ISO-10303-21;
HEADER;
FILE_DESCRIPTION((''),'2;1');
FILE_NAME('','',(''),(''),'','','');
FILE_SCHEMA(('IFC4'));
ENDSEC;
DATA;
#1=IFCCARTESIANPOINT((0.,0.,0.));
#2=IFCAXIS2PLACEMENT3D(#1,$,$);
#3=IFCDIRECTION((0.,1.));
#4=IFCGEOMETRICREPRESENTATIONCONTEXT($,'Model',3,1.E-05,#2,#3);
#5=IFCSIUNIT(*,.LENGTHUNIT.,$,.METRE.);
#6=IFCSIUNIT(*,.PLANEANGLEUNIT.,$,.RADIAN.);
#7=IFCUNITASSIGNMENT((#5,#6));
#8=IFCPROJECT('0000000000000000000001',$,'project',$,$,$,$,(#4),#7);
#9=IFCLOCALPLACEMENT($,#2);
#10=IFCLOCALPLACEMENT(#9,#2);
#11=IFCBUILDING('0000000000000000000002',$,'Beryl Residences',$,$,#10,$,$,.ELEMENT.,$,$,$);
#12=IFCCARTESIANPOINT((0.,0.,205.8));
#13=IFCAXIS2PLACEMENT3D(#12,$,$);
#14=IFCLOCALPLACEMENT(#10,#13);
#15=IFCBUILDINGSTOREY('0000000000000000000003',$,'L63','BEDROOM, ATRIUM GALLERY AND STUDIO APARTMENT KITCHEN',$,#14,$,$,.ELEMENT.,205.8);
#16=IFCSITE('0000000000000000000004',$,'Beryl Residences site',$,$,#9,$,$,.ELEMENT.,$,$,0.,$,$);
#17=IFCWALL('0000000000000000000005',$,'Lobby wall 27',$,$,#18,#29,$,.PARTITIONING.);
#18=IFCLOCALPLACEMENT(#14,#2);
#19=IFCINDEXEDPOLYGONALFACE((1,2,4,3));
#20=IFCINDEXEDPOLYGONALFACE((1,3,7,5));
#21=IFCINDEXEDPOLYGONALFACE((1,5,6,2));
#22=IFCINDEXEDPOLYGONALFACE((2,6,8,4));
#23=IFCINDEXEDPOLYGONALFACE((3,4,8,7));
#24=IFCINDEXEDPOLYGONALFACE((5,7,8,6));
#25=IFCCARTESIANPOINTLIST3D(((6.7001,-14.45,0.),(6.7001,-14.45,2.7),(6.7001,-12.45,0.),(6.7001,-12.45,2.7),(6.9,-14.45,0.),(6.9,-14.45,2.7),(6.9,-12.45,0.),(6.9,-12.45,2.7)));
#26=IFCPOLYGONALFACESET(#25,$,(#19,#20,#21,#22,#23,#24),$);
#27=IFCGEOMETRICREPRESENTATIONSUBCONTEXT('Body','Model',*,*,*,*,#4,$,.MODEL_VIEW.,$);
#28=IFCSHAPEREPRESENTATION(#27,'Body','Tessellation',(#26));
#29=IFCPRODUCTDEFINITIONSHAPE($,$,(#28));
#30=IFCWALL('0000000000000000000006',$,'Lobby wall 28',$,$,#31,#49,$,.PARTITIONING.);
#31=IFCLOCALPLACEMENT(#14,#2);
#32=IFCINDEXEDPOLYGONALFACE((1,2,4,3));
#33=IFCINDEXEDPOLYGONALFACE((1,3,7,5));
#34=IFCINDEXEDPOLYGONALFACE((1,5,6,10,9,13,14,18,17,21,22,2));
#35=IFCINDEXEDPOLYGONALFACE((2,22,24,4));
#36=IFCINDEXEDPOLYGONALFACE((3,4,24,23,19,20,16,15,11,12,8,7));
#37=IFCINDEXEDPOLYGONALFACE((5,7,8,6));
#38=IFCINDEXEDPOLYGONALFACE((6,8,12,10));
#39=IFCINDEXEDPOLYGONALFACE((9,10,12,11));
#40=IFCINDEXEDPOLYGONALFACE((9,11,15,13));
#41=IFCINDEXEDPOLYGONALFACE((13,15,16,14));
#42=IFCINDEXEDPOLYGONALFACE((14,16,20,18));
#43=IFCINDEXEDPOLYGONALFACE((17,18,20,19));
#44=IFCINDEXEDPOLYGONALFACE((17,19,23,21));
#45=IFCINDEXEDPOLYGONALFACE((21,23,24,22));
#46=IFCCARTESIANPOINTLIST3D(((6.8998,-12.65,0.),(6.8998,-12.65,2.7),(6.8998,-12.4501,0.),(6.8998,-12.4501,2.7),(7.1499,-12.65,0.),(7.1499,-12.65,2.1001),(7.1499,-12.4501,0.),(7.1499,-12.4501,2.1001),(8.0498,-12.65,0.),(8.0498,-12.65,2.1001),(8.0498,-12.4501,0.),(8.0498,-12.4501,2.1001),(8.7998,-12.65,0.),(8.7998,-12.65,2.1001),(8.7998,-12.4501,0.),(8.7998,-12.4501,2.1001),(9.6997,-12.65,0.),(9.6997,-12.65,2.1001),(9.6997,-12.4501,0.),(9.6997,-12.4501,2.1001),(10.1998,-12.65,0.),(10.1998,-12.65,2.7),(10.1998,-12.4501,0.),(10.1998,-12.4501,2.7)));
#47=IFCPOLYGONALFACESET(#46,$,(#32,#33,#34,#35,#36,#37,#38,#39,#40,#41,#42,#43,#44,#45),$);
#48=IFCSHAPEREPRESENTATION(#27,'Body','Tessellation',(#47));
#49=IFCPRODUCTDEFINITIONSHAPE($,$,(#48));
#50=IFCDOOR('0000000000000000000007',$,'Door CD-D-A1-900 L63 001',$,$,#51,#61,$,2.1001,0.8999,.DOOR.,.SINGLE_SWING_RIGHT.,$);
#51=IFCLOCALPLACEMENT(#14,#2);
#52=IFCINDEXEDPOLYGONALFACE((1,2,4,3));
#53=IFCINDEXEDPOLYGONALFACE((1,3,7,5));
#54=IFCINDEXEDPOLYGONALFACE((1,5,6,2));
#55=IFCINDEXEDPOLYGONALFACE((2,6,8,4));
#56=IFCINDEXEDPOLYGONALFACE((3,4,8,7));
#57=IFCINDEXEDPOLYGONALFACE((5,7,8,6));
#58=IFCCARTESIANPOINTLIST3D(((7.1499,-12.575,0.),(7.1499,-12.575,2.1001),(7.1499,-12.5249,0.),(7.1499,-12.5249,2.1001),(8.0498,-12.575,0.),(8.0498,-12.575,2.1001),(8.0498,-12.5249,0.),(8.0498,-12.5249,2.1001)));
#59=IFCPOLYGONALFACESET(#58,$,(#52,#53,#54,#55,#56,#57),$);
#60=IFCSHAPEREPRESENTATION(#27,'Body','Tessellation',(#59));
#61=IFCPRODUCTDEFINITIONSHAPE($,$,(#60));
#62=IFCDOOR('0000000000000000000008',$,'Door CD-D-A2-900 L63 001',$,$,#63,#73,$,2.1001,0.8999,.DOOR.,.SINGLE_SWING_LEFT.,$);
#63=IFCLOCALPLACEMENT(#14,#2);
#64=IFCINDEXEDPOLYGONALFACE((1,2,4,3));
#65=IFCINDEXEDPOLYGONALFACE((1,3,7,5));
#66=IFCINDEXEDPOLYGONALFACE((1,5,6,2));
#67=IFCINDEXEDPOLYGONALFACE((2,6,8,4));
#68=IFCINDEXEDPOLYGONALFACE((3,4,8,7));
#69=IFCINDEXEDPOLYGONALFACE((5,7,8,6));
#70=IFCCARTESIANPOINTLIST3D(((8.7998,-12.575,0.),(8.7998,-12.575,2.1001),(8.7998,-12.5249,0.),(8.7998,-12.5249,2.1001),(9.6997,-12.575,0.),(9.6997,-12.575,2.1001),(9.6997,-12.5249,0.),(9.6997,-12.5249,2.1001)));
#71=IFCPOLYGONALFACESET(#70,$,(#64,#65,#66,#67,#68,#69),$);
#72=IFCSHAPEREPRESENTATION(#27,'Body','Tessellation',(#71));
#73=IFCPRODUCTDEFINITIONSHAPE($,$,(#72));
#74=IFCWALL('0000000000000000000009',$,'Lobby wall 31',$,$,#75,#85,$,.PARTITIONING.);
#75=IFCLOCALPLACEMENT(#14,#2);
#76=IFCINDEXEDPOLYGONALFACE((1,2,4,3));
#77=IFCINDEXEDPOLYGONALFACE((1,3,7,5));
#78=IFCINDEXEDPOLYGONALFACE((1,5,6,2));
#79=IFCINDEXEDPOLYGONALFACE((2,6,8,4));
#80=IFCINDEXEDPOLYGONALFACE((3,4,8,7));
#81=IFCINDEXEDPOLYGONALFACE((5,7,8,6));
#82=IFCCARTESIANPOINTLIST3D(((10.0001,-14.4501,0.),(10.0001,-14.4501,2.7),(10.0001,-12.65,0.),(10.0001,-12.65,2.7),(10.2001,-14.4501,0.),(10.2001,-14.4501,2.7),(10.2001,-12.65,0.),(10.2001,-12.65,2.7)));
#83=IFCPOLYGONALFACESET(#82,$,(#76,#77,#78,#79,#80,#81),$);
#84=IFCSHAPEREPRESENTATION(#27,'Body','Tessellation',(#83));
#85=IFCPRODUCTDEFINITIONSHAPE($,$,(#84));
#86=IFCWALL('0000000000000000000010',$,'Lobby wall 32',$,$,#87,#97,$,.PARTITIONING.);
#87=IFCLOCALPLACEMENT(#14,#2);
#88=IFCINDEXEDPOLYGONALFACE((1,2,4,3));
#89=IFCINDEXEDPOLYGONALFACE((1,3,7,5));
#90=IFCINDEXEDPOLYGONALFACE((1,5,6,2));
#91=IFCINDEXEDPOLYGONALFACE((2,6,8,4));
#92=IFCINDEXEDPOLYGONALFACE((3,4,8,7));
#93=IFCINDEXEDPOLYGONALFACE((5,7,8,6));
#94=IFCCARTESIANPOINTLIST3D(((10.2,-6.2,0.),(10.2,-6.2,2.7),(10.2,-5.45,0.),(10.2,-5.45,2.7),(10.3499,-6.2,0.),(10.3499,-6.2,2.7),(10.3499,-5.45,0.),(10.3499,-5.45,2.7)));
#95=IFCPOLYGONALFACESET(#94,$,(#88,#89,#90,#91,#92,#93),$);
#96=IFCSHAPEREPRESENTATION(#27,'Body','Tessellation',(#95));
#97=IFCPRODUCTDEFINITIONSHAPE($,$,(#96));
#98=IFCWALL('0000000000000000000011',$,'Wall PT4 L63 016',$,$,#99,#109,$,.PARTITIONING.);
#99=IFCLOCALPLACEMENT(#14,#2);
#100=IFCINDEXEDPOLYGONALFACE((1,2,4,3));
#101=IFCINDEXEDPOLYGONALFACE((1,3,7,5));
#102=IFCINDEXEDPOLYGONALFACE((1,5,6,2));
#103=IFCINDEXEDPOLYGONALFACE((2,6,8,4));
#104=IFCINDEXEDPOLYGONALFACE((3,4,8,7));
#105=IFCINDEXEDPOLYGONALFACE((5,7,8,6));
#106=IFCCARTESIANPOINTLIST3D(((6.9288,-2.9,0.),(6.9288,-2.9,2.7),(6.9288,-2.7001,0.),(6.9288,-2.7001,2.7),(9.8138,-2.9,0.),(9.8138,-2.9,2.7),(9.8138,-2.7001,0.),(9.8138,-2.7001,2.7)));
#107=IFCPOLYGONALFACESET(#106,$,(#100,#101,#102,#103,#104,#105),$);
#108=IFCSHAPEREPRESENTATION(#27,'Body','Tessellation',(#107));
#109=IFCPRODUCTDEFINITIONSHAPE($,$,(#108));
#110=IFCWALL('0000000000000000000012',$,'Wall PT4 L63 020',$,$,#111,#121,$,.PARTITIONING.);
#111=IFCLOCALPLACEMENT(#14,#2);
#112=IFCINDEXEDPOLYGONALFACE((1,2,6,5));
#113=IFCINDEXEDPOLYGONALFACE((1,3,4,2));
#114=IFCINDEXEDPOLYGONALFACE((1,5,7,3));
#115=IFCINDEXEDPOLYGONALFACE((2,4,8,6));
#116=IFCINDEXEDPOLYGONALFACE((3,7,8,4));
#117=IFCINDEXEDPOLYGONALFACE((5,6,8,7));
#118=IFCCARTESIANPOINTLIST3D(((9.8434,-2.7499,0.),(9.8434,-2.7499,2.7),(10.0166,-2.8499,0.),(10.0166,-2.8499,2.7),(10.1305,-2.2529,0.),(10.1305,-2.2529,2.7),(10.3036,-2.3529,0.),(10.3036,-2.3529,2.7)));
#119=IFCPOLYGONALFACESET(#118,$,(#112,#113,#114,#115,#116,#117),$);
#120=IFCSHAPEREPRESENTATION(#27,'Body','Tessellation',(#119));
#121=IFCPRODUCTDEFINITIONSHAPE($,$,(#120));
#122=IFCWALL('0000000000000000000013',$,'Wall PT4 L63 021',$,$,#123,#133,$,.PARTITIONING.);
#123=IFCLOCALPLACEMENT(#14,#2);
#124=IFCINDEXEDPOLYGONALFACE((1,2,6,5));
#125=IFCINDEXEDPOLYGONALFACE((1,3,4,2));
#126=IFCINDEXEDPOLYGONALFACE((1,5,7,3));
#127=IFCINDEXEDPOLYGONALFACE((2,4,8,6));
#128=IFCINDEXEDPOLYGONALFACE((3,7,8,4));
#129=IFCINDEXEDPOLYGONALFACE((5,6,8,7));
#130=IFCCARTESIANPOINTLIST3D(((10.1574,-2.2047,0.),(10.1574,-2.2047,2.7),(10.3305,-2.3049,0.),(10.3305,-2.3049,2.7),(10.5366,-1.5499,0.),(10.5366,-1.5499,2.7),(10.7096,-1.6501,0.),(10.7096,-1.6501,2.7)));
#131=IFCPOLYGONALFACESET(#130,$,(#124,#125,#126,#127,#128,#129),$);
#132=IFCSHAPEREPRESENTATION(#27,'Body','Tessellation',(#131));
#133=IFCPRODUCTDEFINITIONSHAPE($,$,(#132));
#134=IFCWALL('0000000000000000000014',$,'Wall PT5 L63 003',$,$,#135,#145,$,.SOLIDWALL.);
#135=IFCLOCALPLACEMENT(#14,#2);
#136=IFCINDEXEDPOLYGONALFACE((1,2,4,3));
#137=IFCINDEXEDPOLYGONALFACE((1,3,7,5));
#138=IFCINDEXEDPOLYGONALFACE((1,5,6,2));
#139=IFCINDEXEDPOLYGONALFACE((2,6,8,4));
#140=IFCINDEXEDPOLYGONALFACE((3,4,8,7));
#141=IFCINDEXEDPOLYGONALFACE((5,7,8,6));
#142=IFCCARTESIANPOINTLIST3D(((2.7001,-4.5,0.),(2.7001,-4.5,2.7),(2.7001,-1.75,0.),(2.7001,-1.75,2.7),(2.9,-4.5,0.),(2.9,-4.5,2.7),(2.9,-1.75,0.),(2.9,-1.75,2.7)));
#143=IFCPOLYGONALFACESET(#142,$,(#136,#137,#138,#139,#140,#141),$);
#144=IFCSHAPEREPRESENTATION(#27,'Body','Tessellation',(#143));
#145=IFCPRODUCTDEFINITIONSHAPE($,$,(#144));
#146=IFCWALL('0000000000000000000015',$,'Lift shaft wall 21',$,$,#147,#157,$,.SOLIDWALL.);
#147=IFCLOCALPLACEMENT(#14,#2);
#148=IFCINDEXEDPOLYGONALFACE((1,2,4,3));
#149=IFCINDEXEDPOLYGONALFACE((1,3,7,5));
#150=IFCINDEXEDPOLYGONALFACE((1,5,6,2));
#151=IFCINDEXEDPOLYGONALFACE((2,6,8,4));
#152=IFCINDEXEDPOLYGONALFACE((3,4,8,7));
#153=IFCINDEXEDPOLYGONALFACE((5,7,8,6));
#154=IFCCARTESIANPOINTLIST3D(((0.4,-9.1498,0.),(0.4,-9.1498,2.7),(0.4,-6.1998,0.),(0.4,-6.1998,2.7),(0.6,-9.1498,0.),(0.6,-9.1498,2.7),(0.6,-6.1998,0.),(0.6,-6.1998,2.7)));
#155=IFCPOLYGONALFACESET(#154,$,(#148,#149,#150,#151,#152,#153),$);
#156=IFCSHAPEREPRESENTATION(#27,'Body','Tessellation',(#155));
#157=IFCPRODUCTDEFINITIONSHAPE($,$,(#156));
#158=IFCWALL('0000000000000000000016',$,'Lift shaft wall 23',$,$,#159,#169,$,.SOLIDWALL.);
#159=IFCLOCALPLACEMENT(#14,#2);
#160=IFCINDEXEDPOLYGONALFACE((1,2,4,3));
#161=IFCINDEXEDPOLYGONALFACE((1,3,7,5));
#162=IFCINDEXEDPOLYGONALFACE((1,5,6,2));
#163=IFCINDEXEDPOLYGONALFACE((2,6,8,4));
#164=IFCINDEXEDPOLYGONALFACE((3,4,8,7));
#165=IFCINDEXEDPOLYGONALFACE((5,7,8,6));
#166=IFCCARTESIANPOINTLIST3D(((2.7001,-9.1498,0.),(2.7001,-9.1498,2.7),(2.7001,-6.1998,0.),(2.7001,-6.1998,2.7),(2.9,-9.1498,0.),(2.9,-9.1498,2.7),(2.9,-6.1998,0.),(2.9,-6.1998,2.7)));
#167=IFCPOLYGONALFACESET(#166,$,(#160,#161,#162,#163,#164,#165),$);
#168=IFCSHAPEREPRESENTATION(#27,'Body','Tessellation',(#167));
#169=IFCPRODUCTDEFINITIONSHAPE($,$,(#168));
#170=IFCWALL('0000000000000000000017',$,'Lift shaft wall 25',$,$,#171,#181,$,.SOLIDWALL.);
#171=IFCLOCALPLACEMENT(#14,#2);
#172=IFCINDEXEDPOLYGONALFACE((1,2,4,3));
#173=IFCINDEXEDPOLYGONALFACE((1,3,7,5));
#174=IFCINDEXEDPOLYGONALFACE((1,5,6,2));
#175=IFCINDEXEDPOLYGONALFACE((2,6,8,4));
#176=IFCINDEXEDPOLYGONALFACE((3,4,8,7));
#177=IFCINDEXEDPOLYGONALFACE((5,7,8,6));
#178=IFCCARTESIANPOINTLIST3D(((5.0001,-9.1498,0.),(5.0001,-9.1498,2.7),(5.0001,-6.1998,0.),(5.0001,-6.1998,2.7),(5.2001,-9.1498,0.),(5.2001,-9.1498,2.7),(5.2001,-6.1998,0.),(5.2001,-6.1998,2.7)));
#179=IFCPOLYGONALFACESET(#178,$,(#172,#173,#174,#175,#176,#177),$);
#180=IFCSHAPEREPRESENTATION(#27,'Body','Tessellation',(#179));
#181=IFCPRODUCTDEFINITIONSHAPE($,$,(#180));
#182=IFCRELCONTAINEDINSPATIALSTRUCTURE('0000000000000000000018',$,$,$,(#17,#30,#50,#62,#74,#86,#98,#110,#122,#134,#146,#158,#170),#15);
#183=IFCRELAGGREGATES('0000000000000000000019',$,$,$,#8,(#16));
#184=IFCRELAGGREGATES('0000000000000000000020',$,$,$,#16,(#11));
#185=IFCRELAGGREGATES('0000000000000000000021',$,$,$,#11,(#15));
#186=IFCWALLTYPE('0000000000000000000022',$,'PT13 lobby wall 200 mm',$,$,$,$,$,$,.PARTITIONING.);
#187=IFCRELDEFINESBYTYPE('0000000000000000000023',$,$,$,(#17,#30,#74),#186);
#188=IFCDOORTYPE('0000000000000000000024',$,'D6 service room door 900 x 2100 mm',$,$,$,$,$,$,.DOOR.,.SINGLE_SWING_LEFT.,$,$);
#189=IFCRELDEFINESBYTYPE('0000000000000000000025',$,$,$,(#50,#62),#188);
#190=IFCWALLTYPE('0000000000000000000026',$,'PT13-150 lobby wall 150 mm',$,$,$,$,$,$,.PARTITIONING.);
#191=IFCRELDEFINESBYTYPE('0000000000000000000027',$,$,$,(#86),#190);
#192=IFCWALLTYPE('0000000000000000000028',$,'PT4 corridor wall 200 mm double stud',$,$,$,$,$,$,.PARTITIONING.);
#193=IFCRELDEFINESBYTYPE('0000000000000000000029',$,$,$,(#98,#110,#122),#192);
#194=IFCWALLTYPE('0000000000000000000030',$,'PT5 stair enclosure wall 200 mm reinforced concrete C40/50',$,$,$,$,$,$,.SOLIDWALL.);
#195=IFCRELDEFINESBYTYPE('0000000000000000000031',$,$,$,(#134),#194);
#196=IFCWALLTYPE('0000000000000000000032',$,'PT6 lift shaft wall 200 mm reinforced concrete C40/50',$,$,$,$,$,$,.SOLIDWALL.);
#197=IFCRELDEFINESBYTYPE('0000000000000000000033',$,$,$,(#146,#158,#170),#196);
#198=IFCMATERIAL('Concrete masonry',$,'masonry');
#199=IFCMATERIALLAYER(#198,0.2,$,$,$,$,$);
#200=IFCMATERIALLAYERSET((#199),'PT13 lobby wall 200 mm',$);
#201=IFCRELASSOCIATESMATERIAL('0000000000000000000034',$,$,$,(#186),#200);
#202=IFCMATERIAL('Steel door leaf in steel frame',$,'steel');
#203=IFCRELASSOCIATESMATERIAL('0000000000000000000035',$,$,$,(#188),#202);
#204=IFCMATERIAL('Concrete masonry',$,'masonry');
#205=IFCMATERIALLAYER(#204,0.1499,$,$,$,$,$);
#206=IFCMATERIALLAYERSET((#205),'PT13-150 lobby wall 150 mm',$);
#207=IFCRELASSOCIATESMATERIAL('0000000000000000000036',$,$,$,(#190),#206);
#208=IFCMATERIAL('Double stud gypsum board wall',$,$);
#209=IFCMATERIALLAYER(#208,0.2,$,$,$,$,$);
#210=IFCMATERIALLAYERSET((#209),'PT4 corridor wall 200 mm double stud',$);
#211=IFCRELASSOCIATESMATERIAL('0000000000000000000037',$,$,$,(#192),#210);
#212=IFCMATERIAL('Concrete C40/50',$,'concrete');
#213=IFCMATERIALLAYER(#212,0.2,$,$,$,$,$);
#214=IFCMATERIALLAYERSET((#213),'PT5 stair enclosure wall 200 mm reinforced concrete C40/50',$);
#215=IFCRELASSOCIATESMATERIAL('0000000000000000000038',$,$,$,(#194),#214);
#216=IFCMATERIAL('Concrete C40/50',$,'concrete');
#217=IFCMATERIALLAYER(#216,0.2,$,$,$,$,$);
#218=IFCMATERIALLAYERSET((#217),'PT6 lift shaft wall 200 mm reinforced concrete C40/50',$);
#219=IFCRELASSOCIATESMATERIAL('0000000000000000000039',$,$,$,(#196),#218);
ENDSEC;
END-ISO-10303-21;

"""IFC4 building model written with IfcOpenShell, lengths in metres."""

from ifc_helpers import new_model, si_unit, direction, frame, frame_2d, origin, place, context, subcontext, project, spatial, rectangle, extrude, material, layer, layer_set, type_object, element, fill, save


model = new_model("IFC4")

# Units and contexts
model_context = context("Model", 3, precision=1e-05, world=origin(), true_north=direction((0.0, 1.0)))
body_context = subcontext(model_context, "Body", "Model", "MODEL_VIEW")
ifc_project = project(units=[si_unit("LENGTHUNIT", "METRE"), si_unit("PLANEANGLEUNIT", "RADIAN")], contexts=[model_context])

# Site, building, storey
site_placement = place(None, origin())
site = spatial("IfcSite", under=ifc_project, at=site_placement, Name="Beryl Residences site", CompositionType="ELEMENT", RefElevation=0.0)
building_placement = place(site_placement, origin())
building = spatial("IfcBuilding", under=site, at=building_placement, Name="Beryl Residences", CompositionType="ELEMENT")
storey_placement = place(building_placement, frame((0.0, 0.0, 205.8)))
storey = spatial("IfcBuildingStorey", under=building, at=storey_placement, Name="L63", Description="BEDROOM, ATRIUM GALLERY AND STUDIO APARTMENT KITCHEN", CompositionType="ELEMENT", Elevation=205.8)

# Wall
ifc_material_1 = material(Name="Concrete masonry", Category="masonry")
ifc_layer_1 = layer(ifc_material_1, 0.2)
ifc_layer_set_1 = layer_set([ifc_layer_1], Name="PT13 lobby wall 200 mm")
wall_type_1 = type_object("IfcWallType", Name="PT13 lobby wall 200 mm", PredefinedType="PARTITIONING", material=ifc_layer_set_1)
wall_1_placement = place(storey_placement, frame((6.8, -14.45, 0.0), z_axis=(0.0, 0.0, 1.0), x_axis=(0.0, 1.0, 0.0)))
element("IfcWall", 1, at=wall_1_placement, inside=storey, type_object=wall_type_1, Name="Lobby wall 27", PredefinedType="PARTITIONING", context=body_context, shape_type="SweptSolid", body=[
    extrude(rectangle(XDim=2.0, YDim=0.2, at=frame_2d((1.0, 0.0))), origin(), (0.0, 0.0, 1.0), 2.7),
])

# Wall, openings, doors
wall_2_placement = place(storey_placement, frame((6.8999, -12.55, 0.0), z_axis=(0.0, 0.0, 1.0), x_axis=(1.0, 0.0, 0.0)))
wall_2 = element("IfcWall", 2, at=wall_2_placement, inside=storey, type_object=wall_type_1, Name="Lobby wall 28", PredefinedType="PARTITIONING", context=body_context, shape_type="SweptSolid", body=[
    extrude(rectangle(XDim=3.3, YDim=0.2, at=frame_2d((1.6499, 0.0))), origin(), (0.0, 0.0, 1.0), 2.7),
])
opening_1_placement = place(wall_2_placement, frame((1.1499, 0.0, 0.0), z_axis=(0.0, 0.0, 1.0), x_axis=(-1.0, 0.0, 0.0)))
opening_1 = element("IfcOpeningElement", 3, at=opening_1_placement, cuts=wall_2, PredefinedType="OPENING", context=body_context, shape_type="SweptSolid", body=[
    extrude(rectangle(XDim=0.8999, YDim=2.1001, at=frame_2d((0.45, 1.05))), frame((0.0, 0.1099, 0.0), z_axis=(0.0, -1.0, 0.0), x_axis=(1.0, 0.0, 0.0)), (0.0, 0.0, 1.0), 0.22),
])
opening_2_placement = place(wall_2_placement, frame((2.7998, 0.0, 0.0), z_axis=(0.0, 0.0, 1.0), x_axis=(-1.0, 0.0, 0.0)))
opening_2 = element("IfcOpeningElement", 4, at=opening_2_placement, cuts=wall_2, PredefinedType="OPENING", context=body_context, shape_type="SweptSolid", body=[
    extrude(rectangle(XDim=0.8999, YDim=2.1001, at=frame_2d((0.45, 1.05))), frame((0.0, 0.1099, 0.0), z_axis=(0.0, -1.0, 0.0), x_axis=(1.0, 0.0, 0.0)), (0.0, 0.0, 1.0), 0.22),
])
ifc_material_2 = material(Name="Steel door leaf in steel frame", Category="steel")
door_type = type_object("IfcDoorType", Name="D6 service room door 900 x 2100 mm", OperationType="SINGLE_SWING_LEFT", PredefinedType="DOOR", material=ifc_material_2)
door_1_placement = place(opening_1_placement, origin())
door_1 = element("IfcDoor", 5, at=door_1_placement, inside=storey, type_object=door_type, Name="Door CD-D-A1-900 L63 001", OperationType="SINGLE_SWING_RIGHT", OverallHeight=2.1001, OverallWidth=0.8999, PredefinedType="DOOR", context=body_context, shape_type="SweptSolid", body=[
    extrude(rectangle(XDim=0.8999, YDim=2.1001, at=frame_2d((0.45, 1.05))), frame((0.0, 0.0249, 0.0), z_axis=(0.0, -1.0, 0.0), x_axis=(1.0, 0.0, 0.0)), (0.0, 0.0, 1.0), 0.05),
])
fill(opening_1, door_1)
door_2_placement = place(opening_2_placement, origin())
door_2 = element("IfcDoor", 6, at=door_2_placement, inside=storey, type_object=door_type, Name="Door CD-D-A2-900 L63 001", OperationType="SINGLE_SWING_LEFT", OverallHeight=2.1001, OverallWidth=0.8999, PredefinedType="DOOR", context=body_context, shape_type="SweptSolid", body=[
    extrude(rectangle(XDim=0.8999, YDim=2.1001, at=frame_2d((0.45, 1.05))), frame((0.0, 0.0249, 0.0), z_axis=(0.0, -1.0, 0.0), x_axis=(1.0, 0.0, 0.0)), (0.0, 0.0, 1.0), 0.05),
])
fill(opening_2, door_2)

# Walls
wall_3_placement = place(storey_placement, frame((10.1001, -14.45, 0.0), z_axis=(0.0, 0.0, 1.0), x_axis=(0.0, 1.0, 0.0)))
element("IfcWall", 7, at=wall_3_placement, inside=storey, type_object=wall_type_1, Name="Lobby wall 31", PredefinedType="PARTITIONING", context=body_context, shape_type="SweptSolid", body=[
    extrude(rectangle(XDim=1.8, YDim=0.2, at=frame_2d((0.8999, 0.0))), origin(), (0.0, 0.0, 1.0), 2.7),
])
ifc_material_3 = material(Name="Concrete masonry", Category="masonry")
ifc_layer_2 = layer(ifc_material_3, 0.1499)
ifc_layer_set_2 = layer_set([ifc_layer_2], Name="PT13-150 lobby wall 150 mm")
wall_type_2 = type_object("IfcWallType", Name="PT13-150 lobby wall 150 mm", PredefinedType="PARTITIONING", material=ifc_layer_set_2)
wall_4_placement = place(storey_placement, frame((10.2749, -6.2, 0.0), z_axis=(0.0, 0.0, 1.0), x_axis=(0.0, 1.0, 0.0)))
element("IfcWall", 8, at=wall_4_placement, inside=storey, type_object=wall_type_2, Name="Lobby wall 32", PredefinedType="PARTITIONING", context=body_context, shape_type="SweptSolid", body=[
    extrude(rectangle(XDim=0.75, YDim=0.1499, at=frame_2d((0.375, 0.0))), origin(), (0.0, 0.0, 1.0), 2.7),
])
ifc_material_4 = material(Name="Double stud gypsum board wall")
ifc_layer_3 = layer(ifc_material_4, 0.2)
ifc_layer_set_3 = layer_set([ifc_layer_3], Name="PT4 corridor wall 200 mm double stud")
wall_type_3 = type_object("IfcWallType", Name="PT4 corridor wall 200 mm double stud", PredefinedType="PARTITIONING", material=ifc_layer_set_3)
wall_5_placement = place(storey_placement, frame((6.929, -2.8, 0.0), z_axis=(0.0, 0.0, 1.0), x_axis=(1.0, 0.0, 0.0)))
element("IfcWall", 9, at=wall_5_placement, inside=storey, type_object=wall_type_3, Name="Wall PT4 L63 016", PredefinedType="PARTITIONING", context=body_context, shape_type="SweptSolid", body=[
    extrude(rectangle(XDim=2.885, YDim=0.2, at=frame_2d((1.4424, 0.0))), origin(), (0.0, 0.0, 1.0), 2.7),
])
wall_6_placement = place(storey_placement, frame((9.9299, -2.8, 0.0), z_axis=(0.0, 0.0, 1.0), x_axis=(0.500164, 0.865931, 0.0)))
element("IfcWall", 10, at=wall_6_placement, inside=storey, type_object=wall_type_3, Name="Wall PT4 L63 020", PredefinedType="PARTITIONING", context=body_context, shape_type="SweptSolid", body=[
    extrude(rectangle(XDim=0.574, YDim=0.2, at=frame_2d((0.2871, 0.0))), origin(), (0.0, 0.0, 1.0), 2.7),
])
wall_7_placement = place(storey_placement, frame((10.2439, -2.2549, 0.0), z_axis=(0.0, 0.0, 1.0), x_axis=(0.5011, 0.865389, 0.0)))
element("IfcWall", 11, at=wall_7_placement, inside=storey, type_object=wall_type_3, Name="Wall PT4 L63 021", PredefinedType="PARTITIONING", context=body_context, shape_type="SweptSolid", body=[
    extrude(rectangle(XDim=0.7566, YDim=0.2, at=frame_2d((0.3784, 0.0))), origin(), (0.0, 0.0, 1.0), 2.7),
])
ifc_material_5 = material(Name="Concrete C40/50", Category="concrete")
ifc_layer_4 = layer(ifc_material_5, 0.2)
ifc_layer_set_4 = layer_set([ifc_layer_4], Name="PT5 stair enclosure wall 200 mm reinforced concrete C40/50")
wall_type_4 = type_object("IfcWallType", Name="PT5 stair enclosure wall 200 mm reinforced concrete C40/50", PredefinedType="SOLIDWALL", material=ifc_layer_set_4)
wall_8_placement = place(storey_placement, frame((2.8, -4.5, 0.0), z_axis=(0.0, 0.0, 1.0), x_axis=(0.0, 1.0, 0.0)))
element("IfcWall", 12, at=wall_8_placement, inside=storey, type_object=wall_type_4, Name="Wall PT5 L63 003", PredefinedType="SOLIDWALL", context=body_context, shape_type="SweptSolid", body=[
    extrude(rectangle(XDim=2.75, YDim=0.2, at=frame_2d((1.375, 0.0))), origin(), (0.0, 0.0, 1.0), 2.7),
])
ifc_material_6 = material(Name="Concrete C40/50", Category="concrete")
ifc_layer_5 = layer(ifc_material_6, 0.2)
ifc_layer_set_5 = layer_set([ifc_layer_5], Name="PT6 lift shaft wall 200 mm reinforced concrete C40/50")
wall_type_5 = type_object("IfcWallType", Name="PT6 lift shaft wall 200 mm reinforced concrete C40/50", PredefinedType="SOLIDWALL", material=ifc_layer_set_5)
for number, where, z_axis, x_axis, name in (
    (13, (0.5, -9.1499, 0.0), (0.0, 0.0, 1.0), (0.0, 1.0, 0.0), "Lift shaft wall 21"),
    (14, (2.8, -9.1499, 0.0), (0.0, 0.0, 1.0), (0.0, 1.0, 0.0), "Lift shaft wall 23"),
    (15, (5.1001, -9.1499, 0.0), (0.0, 0.0, 1.0), (0.0, 1.0, 0.0), "Lift shaft wall 25"),
):
    element("IfcWall", number, at=place(storey_placement, frame(where, z_axis=z_axis, x_axis=x_axis)), inside=storey, type_object=wall_type_5, Name=name, PredefinedType="SOLIDWALL", context=body_context, shape_type="SweptSolid", body=[
        extrude(rectangle(XDim=2.95, YDim=0.2, at=frame_2d((1.4751, 0.0))), origin(), (0.0, 0.0, 1.0), 2.7),
    ])

save(model, "model.ifc")
